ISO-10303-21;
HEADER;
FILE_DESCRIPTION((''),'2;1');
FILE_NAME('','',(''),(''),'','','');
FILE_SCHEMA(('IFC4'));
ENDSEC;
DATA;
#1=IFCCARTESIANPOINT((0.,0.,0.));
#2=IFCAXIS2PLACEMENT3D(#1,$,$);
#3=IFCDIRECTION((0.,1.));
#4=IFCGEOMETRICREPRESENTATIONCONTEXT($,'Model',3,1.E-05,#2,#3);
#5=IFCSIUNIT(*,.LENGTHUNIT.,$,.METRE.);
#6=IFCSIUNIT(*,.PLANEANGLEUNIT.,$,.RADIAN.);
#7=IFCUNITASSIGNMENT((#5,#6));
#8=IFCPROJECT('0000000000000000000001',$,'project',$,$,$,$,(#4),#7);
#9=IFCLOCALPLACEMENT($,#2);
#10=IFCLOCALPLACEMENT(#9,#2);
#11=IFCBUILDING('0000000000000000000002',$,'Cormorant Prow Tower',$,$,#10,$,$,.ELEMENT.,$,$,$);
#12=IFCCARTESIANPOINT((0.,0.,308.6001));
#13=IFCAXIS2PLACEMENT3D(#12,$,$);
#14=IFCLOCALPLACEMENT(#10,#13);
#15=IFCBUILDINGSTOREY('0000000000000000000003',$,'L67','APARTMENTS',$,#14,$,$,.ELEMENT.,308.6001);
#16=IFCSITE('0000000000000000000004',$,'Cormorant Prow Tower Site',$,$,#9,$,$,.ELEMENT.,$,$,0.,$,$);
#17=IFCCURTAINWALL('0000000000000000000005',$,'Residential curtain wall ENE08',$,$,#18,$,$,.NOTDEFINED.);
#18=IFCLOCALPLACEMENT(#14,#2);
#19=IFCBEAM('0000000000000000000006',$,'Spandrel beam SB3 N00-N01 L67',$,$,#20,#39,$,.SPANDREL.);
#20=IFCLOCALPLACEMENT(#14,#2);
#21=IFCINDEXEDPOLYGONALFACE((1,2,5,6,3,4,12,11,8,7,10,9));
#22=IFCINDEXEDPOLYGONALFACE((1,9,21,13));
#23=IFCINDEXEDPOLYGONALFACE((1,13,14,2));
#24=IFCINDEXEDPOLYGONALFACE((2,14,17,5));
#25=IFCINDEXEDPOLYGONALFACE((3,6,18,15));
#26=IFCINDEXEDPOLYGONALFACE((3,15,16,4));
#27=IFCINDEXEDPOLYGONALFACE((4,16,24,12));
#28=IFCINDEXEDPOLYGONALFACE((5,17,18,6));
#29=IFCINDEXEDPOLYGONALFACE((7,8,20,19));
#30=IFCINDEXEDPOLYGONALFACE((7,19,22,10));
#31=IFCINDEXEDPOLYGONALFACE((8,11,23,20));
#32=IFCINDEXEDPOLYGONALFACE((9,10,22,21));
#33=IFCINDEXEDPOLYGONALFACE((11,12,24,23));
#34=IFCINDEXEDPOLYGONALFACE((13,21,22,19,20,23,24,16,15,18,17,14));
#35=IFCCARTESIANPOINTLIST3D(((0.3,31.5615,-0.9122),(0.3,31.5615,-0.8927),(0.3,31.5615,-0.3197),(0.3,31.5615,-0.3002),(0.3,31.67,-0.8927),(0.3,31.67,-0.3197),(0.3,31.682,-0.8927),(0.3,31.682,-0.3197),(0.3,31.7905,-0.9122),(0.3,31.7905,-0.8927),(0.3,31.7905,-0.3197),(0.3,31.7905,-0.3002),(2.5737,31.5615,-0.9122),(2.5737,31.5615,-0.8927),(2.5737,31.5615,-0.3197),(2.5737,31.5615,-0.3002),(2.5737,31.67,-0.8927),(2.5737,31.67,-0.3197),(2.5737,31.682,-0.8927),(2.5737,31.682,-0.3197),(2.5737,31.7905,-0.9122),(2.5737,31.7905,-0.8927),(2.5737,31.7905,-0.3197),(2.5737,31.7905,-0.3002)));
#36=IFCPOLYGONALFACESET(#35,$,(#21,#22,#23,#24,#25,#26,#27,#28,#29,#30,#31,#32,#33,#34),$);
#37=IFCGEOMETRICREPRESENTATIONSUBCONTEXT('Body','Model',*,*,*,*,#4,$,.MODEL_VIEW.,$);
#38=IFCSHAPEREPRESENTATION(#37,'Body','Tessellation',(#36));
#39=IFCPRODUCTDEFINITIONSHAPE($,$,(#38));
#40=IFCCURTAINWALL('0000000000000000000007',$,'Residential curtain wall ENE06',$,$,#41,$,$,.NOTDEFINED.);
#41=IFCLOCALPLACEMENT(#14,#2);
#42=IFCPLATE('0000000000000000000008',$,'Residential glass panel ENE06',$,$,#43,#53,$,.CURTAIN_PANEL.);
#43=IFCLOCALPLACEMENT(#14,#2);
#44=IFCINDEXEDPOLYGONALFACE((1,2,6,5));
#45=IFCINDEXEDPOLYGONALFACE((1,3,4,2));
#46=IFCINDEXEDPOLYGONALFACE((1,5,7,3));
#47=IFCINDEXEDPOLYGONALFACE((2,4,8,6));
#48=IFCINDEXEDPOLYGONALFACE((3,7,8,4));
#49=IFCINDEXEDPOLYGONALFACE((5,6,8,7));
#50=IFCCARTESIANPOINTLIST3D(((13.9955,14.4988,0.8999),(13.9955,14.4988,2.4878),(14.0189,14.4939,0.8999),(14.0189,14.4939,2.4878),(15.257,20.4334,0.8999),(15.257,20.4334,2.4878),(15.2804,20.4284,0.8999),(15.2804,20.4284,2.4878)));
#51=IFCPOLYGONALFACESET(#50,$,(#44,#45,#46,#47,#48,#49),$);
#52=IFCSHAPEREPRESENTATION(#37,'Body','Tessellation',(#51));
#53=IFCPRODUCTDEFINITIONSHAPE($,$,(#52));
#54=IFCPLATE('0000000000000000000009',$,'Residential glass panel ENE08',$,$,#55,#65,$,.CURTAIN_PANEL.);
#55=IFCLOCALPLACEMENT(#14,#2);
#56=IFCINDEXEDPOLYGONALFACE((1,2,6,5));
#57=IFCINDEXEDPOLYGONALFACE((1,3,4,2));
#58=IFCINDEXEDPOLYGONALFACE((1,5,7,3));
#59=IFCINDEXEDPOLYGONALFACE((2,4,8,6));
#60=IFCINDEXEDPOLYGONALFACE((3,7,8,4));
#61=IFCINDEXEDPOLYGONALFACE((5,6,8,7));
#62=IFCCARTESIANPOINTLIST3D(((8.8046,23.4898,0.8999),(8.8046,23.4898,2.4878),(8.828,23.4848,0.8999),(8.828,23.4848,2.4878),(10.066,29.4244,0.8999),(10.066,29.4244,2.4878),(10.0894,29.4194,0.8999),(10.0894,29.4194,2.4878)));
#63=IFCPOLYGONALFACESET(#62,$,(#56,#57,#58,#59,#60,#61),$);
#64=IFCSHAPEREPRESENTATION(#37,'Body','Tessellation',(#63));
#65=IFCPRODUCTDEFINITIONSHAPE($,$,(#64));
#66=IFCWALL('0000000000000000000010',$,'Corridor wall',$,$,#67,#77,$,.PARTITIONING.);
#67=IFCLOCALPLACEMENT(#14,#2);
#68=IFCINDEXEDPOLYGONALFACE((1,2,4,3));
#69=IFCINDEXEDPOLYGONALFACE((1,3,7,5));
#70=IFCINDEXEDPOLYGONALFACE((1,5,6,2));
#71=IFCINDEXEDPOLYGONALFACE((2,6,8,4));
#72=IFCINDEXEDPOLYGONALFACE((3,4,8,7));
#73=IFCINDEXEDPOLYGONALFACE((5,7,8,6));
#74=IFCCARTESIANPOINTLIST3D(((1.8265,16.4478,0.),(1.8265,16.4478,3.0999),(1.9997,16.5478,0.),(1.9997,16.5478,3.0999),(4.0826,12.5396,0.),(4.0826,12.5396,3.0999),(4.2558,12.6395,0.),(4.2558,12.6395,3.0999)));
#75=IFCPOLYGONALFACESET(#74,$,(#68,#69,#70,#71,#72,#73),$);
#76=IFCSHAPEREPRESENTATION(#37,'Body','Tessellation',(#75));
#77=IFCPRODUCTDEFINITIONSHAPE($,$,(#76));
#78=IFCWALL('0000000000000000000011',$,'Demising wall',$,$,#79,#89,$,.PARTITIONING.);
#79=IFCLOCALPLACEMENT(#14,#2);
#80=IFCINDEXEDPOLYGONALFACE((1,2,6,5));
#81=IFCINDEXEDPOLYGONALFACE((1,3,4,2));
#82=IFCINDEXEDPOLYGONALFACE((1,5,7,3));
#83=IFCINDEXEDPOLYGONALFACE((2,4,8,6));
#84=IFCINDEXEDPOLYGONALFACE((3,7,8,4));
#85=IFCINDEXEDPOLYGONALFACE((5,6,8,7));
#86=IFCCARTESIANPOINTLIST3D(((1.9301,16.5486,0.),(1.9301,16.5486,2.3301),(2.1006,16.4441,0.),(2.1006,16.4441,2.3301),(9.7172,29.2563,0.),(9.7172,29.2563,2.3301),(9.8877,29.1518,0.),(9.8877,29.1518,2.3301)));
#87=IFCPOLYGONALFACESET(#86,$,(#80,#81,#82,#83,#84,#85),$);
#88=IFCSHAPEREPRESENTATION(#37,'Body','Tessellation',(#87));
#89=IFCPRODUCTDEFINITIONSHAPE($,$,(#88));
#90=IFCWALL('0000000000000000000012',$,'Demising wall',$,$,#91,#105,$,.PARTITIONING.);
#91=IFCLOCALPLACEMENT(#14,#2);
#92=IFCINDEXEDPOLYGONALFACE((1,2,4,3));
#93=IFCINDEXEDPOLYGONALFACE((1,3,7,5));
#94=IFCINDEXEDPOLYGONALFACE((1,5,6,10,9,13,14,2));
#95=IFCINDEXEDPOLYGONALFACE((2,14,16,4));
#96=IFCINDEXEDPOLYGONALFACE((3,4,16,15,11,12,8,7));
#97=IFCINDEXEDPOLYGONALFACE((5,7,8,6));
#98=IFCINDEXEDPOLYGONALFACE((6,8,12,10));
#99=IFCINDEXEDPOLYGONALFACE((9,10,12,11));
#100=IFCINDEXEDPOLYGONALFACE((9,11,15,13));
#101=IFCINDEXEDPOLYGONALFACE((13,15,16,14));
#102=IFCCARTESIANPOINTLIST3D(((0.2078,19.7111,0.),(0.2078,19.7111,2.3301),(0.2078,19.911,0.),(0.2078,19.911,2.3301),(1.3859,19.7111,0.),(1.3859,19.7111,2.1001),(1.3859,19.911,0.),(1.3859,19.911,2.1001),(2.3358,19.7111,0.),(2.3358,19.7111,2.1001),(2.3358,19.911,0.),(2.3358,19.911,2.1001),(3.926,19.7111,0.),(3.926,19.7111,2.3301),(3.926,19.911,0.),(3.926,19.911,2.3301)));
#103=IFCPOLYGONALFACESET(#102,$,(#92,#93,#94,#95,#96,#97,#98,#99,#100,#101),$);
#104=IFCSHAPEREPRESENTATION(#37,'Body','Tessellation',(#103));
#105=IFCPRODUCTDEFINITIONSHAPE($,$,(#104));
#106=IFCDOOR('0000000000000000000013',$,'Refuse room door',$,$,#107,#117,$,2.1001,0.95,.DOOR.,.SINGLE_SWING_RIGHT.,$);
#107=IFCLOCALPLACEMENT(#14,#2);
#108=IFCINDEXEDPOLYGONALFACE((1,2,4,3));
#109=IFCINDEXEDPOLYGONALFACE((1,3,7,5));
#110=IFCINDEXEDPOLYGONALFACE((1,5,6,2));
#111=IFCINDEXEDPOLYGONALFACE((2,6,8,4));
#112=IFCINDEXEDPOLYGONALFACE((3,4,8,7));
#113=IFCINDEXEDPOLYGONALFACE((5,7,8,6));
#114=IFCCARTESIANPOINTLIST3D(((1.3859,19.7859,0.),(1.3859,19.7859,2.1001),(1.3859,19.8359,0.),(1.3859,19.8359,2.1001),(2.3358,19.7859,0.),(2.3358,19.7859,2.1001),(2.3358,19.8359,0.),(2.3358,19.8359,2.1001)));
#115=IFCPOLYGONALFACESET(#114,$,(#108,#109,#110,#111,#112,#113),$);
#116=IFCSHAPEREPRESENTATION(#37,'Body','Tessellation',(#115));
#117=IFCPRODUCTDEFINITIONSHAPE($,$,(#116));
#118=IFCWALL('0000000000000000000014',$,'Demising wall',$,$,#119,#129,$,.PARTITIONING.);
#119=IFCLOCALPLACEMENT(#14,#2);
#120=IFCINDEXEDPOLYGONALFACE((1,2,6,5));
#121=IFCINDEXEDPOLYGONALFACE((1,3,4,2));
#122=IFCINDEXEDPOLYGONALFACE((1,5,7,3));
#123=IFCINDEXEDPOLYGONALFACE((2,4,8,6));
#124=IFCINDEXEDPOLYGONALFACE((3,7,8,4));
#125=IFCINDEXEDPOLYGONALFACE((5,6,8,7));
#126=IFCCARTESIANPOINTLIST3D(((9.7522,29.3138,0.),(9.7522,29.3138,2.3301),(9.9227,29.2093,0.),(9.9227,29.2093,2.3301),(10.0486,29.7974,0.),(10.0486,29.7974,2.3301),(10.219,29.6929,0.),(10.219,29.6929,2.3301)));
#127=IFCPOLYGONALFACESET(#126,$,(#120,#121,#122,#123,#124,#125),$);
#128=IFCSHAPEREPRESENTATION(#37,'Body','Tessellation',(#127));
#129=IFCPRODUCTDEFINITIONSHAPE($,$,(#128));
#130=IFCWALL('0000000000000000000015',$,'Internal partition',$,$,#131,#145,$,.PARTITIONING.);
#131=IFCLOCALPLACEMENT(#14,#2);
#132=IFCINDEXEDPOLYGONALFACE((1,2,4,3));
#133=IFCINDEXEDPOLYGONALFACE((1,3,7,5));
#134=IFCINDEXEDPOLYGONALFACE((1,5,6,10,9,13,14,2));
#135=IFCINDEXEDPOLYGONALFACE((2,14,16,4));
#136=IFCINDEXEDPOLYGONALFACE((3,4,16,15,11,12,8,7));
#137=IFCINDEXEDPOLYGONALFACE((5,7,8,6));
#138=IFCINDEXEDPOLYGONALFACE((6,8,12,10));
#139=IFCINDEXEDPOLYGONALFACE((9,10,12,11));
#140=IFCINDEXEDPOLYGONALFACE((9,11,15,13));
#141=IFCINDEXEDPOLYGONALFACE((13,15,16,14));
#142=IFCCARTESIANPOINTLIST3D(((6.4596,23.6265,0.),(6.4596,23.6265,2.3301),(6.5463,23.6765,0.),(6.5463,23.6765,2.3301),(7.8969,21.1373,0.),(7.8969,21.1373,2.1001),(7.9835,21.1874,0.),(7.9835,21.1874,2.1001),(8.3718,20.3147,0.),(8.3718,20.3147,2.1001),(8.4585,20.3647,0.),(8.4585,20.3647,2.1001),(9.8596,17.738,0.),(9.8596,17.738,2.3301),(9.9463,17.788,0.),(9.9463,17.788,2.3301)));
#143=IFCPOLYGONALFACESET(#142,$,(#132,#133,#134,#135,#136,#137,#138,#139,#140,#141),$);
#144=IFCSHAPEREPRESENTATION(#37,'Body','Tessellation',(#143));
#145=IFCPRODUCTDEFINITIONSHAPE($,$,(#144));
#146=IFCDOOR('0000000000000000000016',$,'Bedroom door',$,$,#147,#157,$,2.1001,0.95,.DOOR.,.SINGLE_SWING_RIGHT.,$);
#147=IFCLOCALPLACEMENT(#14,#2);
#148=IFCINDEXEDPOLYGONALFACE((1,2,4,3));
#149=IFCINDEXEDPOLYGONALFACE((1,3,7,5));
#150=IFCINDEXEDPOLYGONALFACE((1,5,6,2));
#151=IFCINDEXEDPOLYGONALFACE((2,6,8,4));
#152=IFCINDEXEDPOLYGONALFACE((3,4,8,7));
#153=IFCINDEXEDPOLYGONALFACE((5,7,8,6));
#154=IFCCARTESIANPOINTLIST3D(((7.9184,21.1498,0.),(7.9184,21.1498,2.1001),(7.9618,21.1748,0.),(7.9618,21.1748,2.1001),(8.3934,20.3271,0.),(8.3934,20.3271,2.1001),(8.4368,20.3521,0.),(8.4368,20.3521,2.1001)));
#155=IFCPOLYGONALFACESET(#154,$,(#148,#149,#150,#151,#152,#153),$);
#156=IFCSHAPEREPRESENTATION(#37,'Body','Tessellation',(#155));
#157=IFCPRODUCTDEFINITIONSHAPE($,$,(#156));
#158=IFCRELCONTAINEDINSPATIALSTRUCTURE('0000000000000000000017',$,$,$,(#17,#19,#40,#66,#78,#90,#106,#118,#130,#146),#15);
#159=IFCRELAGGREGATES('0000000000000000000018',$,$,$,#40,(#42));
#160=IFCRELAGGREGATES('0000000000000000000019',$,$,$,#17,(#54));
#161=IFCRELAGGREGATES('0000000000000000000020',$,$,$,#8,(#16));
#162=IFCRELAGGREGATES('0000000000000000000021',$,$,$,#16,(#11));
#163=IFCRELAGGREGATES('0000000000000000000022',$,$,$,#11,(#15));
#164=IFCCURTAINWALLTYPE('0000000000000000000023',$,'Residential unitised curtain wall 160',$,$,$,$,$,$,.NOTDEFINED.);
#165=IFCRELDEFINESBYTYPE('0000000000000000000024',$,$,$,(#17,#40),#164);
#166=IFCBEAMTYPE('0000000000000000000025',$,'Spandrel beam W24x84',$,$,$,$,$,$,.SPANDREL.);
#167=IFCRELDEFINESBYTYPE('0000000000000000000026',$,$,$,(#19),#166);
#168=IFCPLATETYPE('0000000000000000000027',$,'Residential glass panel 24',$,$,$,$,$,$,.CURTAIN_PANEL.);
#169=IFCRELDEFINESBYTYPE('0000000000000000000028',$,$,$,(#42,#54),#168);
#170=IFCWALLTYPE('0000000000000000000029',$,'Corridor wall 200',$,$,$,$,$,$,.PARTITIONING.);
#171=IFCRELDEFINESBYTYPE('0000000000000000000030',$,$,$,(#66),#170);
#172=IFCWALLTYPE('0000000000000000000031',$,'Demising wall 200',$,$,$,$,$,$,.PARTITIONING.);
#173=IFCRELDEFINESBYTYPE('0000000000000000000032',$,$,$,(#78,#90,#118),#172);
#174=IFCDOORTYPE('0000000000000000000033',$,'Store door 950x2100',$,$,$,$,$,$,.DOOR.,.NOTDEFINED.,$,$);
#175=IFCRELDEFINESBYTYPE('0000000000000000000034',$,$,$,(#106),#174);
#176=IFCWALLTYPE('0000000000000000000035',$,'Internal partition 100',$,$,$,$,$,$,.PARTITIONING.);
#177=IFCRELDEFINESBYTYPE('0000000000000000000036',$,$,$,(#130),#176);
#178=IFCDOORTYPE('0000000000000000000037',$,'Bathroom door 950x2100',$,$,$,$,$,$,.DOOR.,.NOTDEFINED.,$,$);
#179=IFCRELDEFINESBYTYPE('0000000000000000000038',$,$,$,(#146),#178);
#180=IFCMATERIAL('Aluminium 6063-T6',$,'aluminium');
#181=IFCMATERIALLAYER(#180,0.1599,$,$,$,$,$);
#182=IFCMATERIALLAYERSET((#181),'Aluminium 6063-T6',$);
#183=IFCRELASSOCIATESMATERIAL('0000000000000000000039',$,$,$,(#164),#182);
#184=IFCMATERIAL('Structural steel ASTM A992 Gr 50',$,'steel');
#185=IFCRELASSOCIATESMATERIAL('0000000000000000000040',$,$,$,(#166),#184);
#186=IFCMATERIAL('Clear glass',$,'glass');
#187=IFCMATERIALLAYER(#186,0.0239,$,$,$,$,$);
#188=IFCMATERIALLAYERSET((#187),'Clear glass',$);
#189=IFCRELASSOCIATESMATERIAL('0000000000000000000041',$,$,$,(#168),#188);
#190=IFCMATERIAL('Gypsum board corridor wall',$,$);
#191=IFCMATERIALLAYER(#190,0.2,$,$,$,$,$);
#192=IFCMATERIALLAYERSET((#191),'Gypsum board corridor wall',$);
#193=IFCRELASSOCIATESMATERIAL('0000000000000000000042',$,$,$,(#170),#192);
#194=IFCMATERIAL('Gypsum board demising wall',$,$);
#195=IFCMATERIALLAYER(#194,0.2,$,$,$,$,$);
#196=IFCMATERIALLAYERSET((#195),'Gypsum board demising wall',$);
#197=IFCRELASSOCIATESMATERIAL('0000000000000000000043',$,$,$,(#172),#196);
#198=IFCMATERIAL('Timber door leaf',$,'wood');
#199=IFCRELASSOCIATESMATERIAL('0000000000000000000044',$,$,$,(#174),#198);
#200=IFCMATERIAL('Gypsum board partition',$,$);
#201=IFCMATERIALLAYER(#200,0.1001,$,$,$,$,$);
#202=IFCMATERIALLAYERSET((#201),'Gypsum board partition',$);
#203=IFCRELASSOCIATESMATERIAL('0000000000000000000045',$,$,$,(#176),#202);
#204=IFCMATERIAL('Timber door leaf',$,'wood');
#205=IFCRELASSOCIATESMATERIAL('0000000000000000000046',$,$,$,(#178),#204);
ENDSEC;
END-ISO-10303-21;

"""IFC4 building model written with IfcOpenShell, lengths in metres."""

from ifc_helpers import new_model, si_unit, direction, frame, frame_2d, origin, origin_2d, place, context, subcontext, project, spatial, rectangle, i_section, extrude, material, layer, layer_set, material_profile, profile_set, type_object, element, fill, aggregate, save


model = new_model("IFC4")

# Units and contexts
model_context = context("Model", 3, precision=1e-05, world=origin(), true_north=direction((0.0, 1.0)))
body_context = subcontext(model_context, "Body", "Model", "MODEL_VIEW")
ifc_project = project(units=[si_unit("LENGTHUNIT", "METRE"), si_unit("PLANEANGLEUNIT", "RADIAN")], contexts=[model_context])

# Site, building, storey
site_placement = place(None, origin())
site = spatial("IfcSite", under=ifc_project, at=site_placement, Name="Cormorant Prow Tower Site", CompositionType="ELEMENT", RefElevation=0.0)
building_placement = place(site_placement, origin())
building = spatial("IfcBuilding", under=site, at=building_placement, Name="Cormorant Prow Tower", CompositionType="ELEMENT")
storey_placement = place(building_placement, frame((0.0, 0.0, 308.6001)))
storey = spatial("IfcBuildingStorey", under=building, at=storey_placement, Name="L67", Description="APARTMENTS", CompositionType="ELEMENT", Elevation=308.6001)

# Curtain wall
ifc_material_1 = material(Name="Aluminium 6063-T6", Category="aluminium")
ifc_layer_1 = layer(ifc_material_1, 0.1599)
ifc_layer_set_1 = layer_set([ifc_layer_1], Name="Aluminium 6063-T6")
curtain_wall_type = type_object("IfcCurtainWallType", Name="Residential unitised curtain wall 160", PredefinedType="NOTDEFINED", material=ifc_layer_set_1)
curtain_wall_1_placement = place(storey_placement, origin())
curtain_wall_1 = element("IfcCurtainWall", 1, at=curtain_wall_1_placement, inside=storey, type_object=curtain_wall_type, Name="Residential curtain wall ENE08", PredefinedType="NOTDEFINED")

# Beam
ifc_material_2 = material(Name="Structural steel ASTM A992 Gr 50", Category="steel")
ifc_material_profile_1 = material_profile(ifc_material_2, i_section(OverallWidth=0.229, OverallDepth=0.6121, WebThickness=0.012, FlangeThickness=0.0195, at=origin_2d()), Name="W24x84")
ifc_profile_set_1 = profile_set([ifc_material_profile_1], Name="Structural steel ASTM A992 Gr 50")
beam_type = type_object("IfcBeamType", Name="Spandrel beam W24x84", PredefinedType="SPANDREL", material=ifc_profile_set_1)
beam_1_placement = place(storey_placement, frame((2.5737, 31.676, -0.6062), z_axis=(-1.0, 0.0, 0.0), x_axis=(0.0, -1.0, 0.0)))
element("IfcBeam", 2, at=beam_1_placement, inside=storey, type_object=beam_type, Name="Spandrel beam SB3 N00-N01 L67", PredefinedType="SPANDREL", context=body_context, shape_type="SweptSolid", body=[
    extrude(i_section(OverallWidth=0.229, OverallDepth=0.6121, WebThickness=0.012, FlangeThickness=0.0195, at=origin_2d()), origin(), (0.0, 0.0, 1.0), 2.2737),
])

# Curtain wall, plate
curtain_wall_2_placement = place(storey_placement, origin())
curtain_wall_2 = element("IfcCurtainWall", 3, at=curtain_wall_2_placement, inside=storey, type_object=curtain_wall_type, Name="Residential curtain wall ENE06", PredefinedType="NOTDEFINED")
ifc_material_3 = material(Name="Clear glass", Category="glass")
ifc_layer_2 = layer(ifc_material_3, 0.0239)
ifc_layer_set_2 = layer_set([ifc_layer_2], Name="Clear glass")
plate_type = type_object("IfcPlateType", Name="Residential glass panel 24", PredefinedType="CURTAIN_PANEL", material=ifc_layer_set_2)
plate_1_placement = place(storey_placement, frame((14.6379, 17.4636, 0.8999), z_axis=(0.0, 0.0, 1.0), x_axis=(0.207912, 0.978148, 0.0)))
plate_1 = element("IfcPlate", 4, at=plate_1_placement, type_object=plate_type, Name="Residential glass panel ENE06", PredefinedType="CURTAIN_PANEL", context=body_context, shape_type="SweptSolid", body=[
    extrude(rectangle(XDim=6.0671, YDim=0.0239, at=origin_2d()), origin(), (0.0, 0.0, 1.0), 1.5879),
])
aggregate(curtain_wall_2, [plate_1])

# Plate
plate_2_placement = place(storey_placement, frame((9.447, 26.4546, 0.8999), z_axis=(0.0, 0.0, 1.0), x_axis=(0.207912, 0.978148, 0.0)))
plate_2 = element("IfcPlate", 5, at=plate_2_placement, type_object=plate_type, Name="Residential glass panel ENE08", PredefinedType="CURTAIN_PANEL", context=body_context, shape_type="SweptSolid", body=[
    extrude(rectangle(XDim=6.0671, YDim=0.0239, at=origin_2d()), origin(), (0.0, 0.0, 1.0), 1.5879),
])
aggregate(curtain_wall_1, [plate_2])

# Walls
ifc_material_4 = material(Name="Gypsum board corridor wall")
ifc_layer_3 = layer(ifc_material_4, 0.2)
ifc_layer_set_3 = layer_set([ifc_layer_3], Name="Gypsum board corridor wall")
wall_type_1 = type_object("IfcWallType", Name="Corridor wall 200", PredefinedType="PARTITIONING", material=ifc_layer_set_3)
wall_1_placement = place(storey_placement, frame((1.9131, 16.4978, 0.0), z_axis=(0.0, 0.0, 1.0), x_axis=(0.49995, -0.866054, 0.0)))
element("IfcWall", 6, at=wall_1_placement, inside=storey, type_object=wall_type_1, Name="Corridor wall", PredefinedType="PARTITIONING", context=body_context, shape_type="SweptSolid", body=[
    extrude(rectangle(XDim=4.5127, YDim=0.2, at=frame_2d((2.2563, 0.0))), origin(), (0.0, 0.0, 1.0), 3.0999),
])
ifc_material_5 = material(Name="Gypsum board demising wall")
ifc_layer_4 = layer(ifc_material_5, 0.2)
ifc_layer_set_4 = layer_set([ifc_layer_4], Name="Gypsum board demising wall")
wall_type_2 = type_object("IfcWallType", Name="Demising wall 200", PredefinedType="PARTITIONING", material=ifc_layer_set_4)
wall_2_placement = place(storey_placement, frame((2.0154, 16.4963, 0.0), z_axis=(0.0, 0.0, 1.0), x_axis=(0.522488, 0.852647, 0.0)))
element("IfcWall", 7, at=wall_2_placement, inside=storey, type_object=wall_type_2, Name="Demising wall", PredefinedType="PARTITIONING", context=body_context, shape_type="SweptSolid", body=[
    extrude(rectangle(XDim=14.9038, YDim=0.2, at=frame_2d((7.4519, 0.0))), origin(), (0.0, 0.0, 1.0), 2.3301),
])

# Wall, opening, door
wall_3_placement = place(storey_placement, frame((0.2078, 19.811, 0.0), z_axis=(0.0, 0.0, 1.0), x_axis=(1.0, 0.0, 0.0)))
wall_3 = element("IfcWall", 8, at=wall_3_placement, inside=storey, type_object=wall_type_2, Name="Demising wall", PredefinedType="PARTITIONING", context=body_context, shape_type="SweptSolid", body=[
    extrude(rectangle(XDim=3.7183, YDim=0.2, at=frame_2d((1.8591, 0.0))), origin(), (0.0, 0.0, 1.0), 2.3301),
])
opening_1_placement = place(wall_3_placement, frame((1.178, 0.0, 0.0)))
opening_1 = element("IfcOpeningElement", 9, at=opening_1_placement, cuts=wall_3, PredefinedType="OPENING", context=body_context, shape_type="SweptSolid", body=[
    extrude(rectangle(XDim=0.95, YDim=2.1001, at=frame_2d((0.4751, 1.05))), frame((0.0, 0.1099, 0.0), z_axis=(0.0, -1.0, 0.0), x_axis=(1.0, 0.0, 0.0)), (0.0, 0.0, 1.0), 0.22),
])
ifc_material_6 = material(Name="Timber door leaf", Category="wood")
door_type_1 = type_object("IfcDoorType", Name="Store door 950x2100", OperationType="NOTDEFINED", PredefinedType="DOOR", material=ifc_material_6)
door_1_placement = place(opening_1_placement, origin())
door_1 = element("IfcDoor", 10, at=door_1_placement, inside=storey, type_object=door_type_1, Name="Refuse room door", OperationType="SINGLE_SWING_RIGHT", OverallHeight=2.1001, OverallWidth=0.95, PredefinedType="DOOR", context=body_context, shape_type="SweptSolid", body=[
    extrude(rectangle(XDim=0.95, YDim=2.1001, at=frame_2d((0.4751, 1.05))), frame((0.0, 0.0249, 0.0), z_axis=(0.0, -1.0, 0.0), x_axis=(1.0, 0.0, 0.0)), (0.0, 0.0, 1.0), 0.05),
])
fill(opening_1, door_1)

# Wall
wall_4_placement = place(storey_placement, frame((9.8374, 29.2615, 0.0), z_axis=(0.0, 0.0, 1.0), x_axis=(0.522512, 0.852632, 0.0)))
element("IfcWall", 11, at=wall_4_placement, inside=storey, type_object=wall_type_2, Name="Demising wall", PredefinedType="PARTITIONING", context=body_context, shape_type="SweptSolid", body=[
    extrude(rectangle(XDim=0.5671, YDim=0.2, at=frame_2d((0.2837, 0.0))), origin(), (0.0, 0.0, 1.0), 2.3301),
])

# Wall, opening, door
ifc_material_7 = material(Name="Gypsum board partition")
ifc_layer_5 = layer(ifc_material_7, 0.1001)
ifc_layer_set_5 = layer_set([ifc_layer_5], Name="Gypsum board partition")
wall_type_3 = type_object("IfcWallType", Name="Internal partition 100", PredefinedType="PARTITIONING", material=ifc_layer_set_5)
wall_5_placement = place(storey_placement, frame((6.5029, 23.6516, 0.0), z_axis=(0.0, 0.0, 1.0), x_axis=(0.500024, -0.866012, 0.0)))
wall_5 = element("IfcWall", 12, at=wall_5_placement, inside=storey, type_object=wall_type_3, Name="Internal partition", PredefinedType="PARTITIONING", context=body_context, shape_type="SweptSolid", body=[
    extrude(rectangle(XDim=6.7996, YDim=0.1001, at=frame_2d((3.3999, 0.0))), origin(), (0.0, 0.0, 1.0), 2.3301),
])
opening_2_placement = place(wall_5_placement, frame((2.8743, 0.0, 0.0)))
opening_2 = element("IfcOpeningElement", 13, at=opening_2_placement, cuts=wall_5, PredefinedType="OPENING", context=body_context, shape_type="SweptSolid", body=[
    extrude(rectangle(XDim=0.95, YDim=2.1001, at=frame_2d((0.4751, 1.05))), frame((0.0, 0.0601, 0.0), z_axis=(0.0, -1.0, 0.0), x_axis=(1.0, 0.0, 0.0)), (0.0, 0.0, 1.0), 0.1201),
])
ifc_material_8 = material(Name="Timber door leaf", Category="wood")
door_type_2 = type_object("IfcDoorType", Name="Bathroom door 950x2100", OperationType="NOTDEFINED", PredefinedType="DOOR", material=ifc_material_8)
door_2_placement = place(opening_2_placement, origin())
door_2 = element("IfcDoor", 14, at=door_2_placement, inside=storey, type_object=door_type_2, Name="Bedroom door", OperationType="SINGLE_SWING_RIGHT", OverallHeight=2.1001, OverallWidth=0.95, PredefinedType="DOOR", context=body_context, shape_type="SweptSolid", body=[
    extrude(rectangle(XDim=0.95, YDim=2.1001, at=frame_2d((0.4751, 1.05))), frame((0.0, 0.0249, 0.0), z_axis=(0.0, -1.0, 0.0), x_axis=(1.0, 0.0, 0.0)), (0.0, 0.0, 1.0), 0.05),
])
fill(opening_2, door_2)

save(model, "model.ifc")
